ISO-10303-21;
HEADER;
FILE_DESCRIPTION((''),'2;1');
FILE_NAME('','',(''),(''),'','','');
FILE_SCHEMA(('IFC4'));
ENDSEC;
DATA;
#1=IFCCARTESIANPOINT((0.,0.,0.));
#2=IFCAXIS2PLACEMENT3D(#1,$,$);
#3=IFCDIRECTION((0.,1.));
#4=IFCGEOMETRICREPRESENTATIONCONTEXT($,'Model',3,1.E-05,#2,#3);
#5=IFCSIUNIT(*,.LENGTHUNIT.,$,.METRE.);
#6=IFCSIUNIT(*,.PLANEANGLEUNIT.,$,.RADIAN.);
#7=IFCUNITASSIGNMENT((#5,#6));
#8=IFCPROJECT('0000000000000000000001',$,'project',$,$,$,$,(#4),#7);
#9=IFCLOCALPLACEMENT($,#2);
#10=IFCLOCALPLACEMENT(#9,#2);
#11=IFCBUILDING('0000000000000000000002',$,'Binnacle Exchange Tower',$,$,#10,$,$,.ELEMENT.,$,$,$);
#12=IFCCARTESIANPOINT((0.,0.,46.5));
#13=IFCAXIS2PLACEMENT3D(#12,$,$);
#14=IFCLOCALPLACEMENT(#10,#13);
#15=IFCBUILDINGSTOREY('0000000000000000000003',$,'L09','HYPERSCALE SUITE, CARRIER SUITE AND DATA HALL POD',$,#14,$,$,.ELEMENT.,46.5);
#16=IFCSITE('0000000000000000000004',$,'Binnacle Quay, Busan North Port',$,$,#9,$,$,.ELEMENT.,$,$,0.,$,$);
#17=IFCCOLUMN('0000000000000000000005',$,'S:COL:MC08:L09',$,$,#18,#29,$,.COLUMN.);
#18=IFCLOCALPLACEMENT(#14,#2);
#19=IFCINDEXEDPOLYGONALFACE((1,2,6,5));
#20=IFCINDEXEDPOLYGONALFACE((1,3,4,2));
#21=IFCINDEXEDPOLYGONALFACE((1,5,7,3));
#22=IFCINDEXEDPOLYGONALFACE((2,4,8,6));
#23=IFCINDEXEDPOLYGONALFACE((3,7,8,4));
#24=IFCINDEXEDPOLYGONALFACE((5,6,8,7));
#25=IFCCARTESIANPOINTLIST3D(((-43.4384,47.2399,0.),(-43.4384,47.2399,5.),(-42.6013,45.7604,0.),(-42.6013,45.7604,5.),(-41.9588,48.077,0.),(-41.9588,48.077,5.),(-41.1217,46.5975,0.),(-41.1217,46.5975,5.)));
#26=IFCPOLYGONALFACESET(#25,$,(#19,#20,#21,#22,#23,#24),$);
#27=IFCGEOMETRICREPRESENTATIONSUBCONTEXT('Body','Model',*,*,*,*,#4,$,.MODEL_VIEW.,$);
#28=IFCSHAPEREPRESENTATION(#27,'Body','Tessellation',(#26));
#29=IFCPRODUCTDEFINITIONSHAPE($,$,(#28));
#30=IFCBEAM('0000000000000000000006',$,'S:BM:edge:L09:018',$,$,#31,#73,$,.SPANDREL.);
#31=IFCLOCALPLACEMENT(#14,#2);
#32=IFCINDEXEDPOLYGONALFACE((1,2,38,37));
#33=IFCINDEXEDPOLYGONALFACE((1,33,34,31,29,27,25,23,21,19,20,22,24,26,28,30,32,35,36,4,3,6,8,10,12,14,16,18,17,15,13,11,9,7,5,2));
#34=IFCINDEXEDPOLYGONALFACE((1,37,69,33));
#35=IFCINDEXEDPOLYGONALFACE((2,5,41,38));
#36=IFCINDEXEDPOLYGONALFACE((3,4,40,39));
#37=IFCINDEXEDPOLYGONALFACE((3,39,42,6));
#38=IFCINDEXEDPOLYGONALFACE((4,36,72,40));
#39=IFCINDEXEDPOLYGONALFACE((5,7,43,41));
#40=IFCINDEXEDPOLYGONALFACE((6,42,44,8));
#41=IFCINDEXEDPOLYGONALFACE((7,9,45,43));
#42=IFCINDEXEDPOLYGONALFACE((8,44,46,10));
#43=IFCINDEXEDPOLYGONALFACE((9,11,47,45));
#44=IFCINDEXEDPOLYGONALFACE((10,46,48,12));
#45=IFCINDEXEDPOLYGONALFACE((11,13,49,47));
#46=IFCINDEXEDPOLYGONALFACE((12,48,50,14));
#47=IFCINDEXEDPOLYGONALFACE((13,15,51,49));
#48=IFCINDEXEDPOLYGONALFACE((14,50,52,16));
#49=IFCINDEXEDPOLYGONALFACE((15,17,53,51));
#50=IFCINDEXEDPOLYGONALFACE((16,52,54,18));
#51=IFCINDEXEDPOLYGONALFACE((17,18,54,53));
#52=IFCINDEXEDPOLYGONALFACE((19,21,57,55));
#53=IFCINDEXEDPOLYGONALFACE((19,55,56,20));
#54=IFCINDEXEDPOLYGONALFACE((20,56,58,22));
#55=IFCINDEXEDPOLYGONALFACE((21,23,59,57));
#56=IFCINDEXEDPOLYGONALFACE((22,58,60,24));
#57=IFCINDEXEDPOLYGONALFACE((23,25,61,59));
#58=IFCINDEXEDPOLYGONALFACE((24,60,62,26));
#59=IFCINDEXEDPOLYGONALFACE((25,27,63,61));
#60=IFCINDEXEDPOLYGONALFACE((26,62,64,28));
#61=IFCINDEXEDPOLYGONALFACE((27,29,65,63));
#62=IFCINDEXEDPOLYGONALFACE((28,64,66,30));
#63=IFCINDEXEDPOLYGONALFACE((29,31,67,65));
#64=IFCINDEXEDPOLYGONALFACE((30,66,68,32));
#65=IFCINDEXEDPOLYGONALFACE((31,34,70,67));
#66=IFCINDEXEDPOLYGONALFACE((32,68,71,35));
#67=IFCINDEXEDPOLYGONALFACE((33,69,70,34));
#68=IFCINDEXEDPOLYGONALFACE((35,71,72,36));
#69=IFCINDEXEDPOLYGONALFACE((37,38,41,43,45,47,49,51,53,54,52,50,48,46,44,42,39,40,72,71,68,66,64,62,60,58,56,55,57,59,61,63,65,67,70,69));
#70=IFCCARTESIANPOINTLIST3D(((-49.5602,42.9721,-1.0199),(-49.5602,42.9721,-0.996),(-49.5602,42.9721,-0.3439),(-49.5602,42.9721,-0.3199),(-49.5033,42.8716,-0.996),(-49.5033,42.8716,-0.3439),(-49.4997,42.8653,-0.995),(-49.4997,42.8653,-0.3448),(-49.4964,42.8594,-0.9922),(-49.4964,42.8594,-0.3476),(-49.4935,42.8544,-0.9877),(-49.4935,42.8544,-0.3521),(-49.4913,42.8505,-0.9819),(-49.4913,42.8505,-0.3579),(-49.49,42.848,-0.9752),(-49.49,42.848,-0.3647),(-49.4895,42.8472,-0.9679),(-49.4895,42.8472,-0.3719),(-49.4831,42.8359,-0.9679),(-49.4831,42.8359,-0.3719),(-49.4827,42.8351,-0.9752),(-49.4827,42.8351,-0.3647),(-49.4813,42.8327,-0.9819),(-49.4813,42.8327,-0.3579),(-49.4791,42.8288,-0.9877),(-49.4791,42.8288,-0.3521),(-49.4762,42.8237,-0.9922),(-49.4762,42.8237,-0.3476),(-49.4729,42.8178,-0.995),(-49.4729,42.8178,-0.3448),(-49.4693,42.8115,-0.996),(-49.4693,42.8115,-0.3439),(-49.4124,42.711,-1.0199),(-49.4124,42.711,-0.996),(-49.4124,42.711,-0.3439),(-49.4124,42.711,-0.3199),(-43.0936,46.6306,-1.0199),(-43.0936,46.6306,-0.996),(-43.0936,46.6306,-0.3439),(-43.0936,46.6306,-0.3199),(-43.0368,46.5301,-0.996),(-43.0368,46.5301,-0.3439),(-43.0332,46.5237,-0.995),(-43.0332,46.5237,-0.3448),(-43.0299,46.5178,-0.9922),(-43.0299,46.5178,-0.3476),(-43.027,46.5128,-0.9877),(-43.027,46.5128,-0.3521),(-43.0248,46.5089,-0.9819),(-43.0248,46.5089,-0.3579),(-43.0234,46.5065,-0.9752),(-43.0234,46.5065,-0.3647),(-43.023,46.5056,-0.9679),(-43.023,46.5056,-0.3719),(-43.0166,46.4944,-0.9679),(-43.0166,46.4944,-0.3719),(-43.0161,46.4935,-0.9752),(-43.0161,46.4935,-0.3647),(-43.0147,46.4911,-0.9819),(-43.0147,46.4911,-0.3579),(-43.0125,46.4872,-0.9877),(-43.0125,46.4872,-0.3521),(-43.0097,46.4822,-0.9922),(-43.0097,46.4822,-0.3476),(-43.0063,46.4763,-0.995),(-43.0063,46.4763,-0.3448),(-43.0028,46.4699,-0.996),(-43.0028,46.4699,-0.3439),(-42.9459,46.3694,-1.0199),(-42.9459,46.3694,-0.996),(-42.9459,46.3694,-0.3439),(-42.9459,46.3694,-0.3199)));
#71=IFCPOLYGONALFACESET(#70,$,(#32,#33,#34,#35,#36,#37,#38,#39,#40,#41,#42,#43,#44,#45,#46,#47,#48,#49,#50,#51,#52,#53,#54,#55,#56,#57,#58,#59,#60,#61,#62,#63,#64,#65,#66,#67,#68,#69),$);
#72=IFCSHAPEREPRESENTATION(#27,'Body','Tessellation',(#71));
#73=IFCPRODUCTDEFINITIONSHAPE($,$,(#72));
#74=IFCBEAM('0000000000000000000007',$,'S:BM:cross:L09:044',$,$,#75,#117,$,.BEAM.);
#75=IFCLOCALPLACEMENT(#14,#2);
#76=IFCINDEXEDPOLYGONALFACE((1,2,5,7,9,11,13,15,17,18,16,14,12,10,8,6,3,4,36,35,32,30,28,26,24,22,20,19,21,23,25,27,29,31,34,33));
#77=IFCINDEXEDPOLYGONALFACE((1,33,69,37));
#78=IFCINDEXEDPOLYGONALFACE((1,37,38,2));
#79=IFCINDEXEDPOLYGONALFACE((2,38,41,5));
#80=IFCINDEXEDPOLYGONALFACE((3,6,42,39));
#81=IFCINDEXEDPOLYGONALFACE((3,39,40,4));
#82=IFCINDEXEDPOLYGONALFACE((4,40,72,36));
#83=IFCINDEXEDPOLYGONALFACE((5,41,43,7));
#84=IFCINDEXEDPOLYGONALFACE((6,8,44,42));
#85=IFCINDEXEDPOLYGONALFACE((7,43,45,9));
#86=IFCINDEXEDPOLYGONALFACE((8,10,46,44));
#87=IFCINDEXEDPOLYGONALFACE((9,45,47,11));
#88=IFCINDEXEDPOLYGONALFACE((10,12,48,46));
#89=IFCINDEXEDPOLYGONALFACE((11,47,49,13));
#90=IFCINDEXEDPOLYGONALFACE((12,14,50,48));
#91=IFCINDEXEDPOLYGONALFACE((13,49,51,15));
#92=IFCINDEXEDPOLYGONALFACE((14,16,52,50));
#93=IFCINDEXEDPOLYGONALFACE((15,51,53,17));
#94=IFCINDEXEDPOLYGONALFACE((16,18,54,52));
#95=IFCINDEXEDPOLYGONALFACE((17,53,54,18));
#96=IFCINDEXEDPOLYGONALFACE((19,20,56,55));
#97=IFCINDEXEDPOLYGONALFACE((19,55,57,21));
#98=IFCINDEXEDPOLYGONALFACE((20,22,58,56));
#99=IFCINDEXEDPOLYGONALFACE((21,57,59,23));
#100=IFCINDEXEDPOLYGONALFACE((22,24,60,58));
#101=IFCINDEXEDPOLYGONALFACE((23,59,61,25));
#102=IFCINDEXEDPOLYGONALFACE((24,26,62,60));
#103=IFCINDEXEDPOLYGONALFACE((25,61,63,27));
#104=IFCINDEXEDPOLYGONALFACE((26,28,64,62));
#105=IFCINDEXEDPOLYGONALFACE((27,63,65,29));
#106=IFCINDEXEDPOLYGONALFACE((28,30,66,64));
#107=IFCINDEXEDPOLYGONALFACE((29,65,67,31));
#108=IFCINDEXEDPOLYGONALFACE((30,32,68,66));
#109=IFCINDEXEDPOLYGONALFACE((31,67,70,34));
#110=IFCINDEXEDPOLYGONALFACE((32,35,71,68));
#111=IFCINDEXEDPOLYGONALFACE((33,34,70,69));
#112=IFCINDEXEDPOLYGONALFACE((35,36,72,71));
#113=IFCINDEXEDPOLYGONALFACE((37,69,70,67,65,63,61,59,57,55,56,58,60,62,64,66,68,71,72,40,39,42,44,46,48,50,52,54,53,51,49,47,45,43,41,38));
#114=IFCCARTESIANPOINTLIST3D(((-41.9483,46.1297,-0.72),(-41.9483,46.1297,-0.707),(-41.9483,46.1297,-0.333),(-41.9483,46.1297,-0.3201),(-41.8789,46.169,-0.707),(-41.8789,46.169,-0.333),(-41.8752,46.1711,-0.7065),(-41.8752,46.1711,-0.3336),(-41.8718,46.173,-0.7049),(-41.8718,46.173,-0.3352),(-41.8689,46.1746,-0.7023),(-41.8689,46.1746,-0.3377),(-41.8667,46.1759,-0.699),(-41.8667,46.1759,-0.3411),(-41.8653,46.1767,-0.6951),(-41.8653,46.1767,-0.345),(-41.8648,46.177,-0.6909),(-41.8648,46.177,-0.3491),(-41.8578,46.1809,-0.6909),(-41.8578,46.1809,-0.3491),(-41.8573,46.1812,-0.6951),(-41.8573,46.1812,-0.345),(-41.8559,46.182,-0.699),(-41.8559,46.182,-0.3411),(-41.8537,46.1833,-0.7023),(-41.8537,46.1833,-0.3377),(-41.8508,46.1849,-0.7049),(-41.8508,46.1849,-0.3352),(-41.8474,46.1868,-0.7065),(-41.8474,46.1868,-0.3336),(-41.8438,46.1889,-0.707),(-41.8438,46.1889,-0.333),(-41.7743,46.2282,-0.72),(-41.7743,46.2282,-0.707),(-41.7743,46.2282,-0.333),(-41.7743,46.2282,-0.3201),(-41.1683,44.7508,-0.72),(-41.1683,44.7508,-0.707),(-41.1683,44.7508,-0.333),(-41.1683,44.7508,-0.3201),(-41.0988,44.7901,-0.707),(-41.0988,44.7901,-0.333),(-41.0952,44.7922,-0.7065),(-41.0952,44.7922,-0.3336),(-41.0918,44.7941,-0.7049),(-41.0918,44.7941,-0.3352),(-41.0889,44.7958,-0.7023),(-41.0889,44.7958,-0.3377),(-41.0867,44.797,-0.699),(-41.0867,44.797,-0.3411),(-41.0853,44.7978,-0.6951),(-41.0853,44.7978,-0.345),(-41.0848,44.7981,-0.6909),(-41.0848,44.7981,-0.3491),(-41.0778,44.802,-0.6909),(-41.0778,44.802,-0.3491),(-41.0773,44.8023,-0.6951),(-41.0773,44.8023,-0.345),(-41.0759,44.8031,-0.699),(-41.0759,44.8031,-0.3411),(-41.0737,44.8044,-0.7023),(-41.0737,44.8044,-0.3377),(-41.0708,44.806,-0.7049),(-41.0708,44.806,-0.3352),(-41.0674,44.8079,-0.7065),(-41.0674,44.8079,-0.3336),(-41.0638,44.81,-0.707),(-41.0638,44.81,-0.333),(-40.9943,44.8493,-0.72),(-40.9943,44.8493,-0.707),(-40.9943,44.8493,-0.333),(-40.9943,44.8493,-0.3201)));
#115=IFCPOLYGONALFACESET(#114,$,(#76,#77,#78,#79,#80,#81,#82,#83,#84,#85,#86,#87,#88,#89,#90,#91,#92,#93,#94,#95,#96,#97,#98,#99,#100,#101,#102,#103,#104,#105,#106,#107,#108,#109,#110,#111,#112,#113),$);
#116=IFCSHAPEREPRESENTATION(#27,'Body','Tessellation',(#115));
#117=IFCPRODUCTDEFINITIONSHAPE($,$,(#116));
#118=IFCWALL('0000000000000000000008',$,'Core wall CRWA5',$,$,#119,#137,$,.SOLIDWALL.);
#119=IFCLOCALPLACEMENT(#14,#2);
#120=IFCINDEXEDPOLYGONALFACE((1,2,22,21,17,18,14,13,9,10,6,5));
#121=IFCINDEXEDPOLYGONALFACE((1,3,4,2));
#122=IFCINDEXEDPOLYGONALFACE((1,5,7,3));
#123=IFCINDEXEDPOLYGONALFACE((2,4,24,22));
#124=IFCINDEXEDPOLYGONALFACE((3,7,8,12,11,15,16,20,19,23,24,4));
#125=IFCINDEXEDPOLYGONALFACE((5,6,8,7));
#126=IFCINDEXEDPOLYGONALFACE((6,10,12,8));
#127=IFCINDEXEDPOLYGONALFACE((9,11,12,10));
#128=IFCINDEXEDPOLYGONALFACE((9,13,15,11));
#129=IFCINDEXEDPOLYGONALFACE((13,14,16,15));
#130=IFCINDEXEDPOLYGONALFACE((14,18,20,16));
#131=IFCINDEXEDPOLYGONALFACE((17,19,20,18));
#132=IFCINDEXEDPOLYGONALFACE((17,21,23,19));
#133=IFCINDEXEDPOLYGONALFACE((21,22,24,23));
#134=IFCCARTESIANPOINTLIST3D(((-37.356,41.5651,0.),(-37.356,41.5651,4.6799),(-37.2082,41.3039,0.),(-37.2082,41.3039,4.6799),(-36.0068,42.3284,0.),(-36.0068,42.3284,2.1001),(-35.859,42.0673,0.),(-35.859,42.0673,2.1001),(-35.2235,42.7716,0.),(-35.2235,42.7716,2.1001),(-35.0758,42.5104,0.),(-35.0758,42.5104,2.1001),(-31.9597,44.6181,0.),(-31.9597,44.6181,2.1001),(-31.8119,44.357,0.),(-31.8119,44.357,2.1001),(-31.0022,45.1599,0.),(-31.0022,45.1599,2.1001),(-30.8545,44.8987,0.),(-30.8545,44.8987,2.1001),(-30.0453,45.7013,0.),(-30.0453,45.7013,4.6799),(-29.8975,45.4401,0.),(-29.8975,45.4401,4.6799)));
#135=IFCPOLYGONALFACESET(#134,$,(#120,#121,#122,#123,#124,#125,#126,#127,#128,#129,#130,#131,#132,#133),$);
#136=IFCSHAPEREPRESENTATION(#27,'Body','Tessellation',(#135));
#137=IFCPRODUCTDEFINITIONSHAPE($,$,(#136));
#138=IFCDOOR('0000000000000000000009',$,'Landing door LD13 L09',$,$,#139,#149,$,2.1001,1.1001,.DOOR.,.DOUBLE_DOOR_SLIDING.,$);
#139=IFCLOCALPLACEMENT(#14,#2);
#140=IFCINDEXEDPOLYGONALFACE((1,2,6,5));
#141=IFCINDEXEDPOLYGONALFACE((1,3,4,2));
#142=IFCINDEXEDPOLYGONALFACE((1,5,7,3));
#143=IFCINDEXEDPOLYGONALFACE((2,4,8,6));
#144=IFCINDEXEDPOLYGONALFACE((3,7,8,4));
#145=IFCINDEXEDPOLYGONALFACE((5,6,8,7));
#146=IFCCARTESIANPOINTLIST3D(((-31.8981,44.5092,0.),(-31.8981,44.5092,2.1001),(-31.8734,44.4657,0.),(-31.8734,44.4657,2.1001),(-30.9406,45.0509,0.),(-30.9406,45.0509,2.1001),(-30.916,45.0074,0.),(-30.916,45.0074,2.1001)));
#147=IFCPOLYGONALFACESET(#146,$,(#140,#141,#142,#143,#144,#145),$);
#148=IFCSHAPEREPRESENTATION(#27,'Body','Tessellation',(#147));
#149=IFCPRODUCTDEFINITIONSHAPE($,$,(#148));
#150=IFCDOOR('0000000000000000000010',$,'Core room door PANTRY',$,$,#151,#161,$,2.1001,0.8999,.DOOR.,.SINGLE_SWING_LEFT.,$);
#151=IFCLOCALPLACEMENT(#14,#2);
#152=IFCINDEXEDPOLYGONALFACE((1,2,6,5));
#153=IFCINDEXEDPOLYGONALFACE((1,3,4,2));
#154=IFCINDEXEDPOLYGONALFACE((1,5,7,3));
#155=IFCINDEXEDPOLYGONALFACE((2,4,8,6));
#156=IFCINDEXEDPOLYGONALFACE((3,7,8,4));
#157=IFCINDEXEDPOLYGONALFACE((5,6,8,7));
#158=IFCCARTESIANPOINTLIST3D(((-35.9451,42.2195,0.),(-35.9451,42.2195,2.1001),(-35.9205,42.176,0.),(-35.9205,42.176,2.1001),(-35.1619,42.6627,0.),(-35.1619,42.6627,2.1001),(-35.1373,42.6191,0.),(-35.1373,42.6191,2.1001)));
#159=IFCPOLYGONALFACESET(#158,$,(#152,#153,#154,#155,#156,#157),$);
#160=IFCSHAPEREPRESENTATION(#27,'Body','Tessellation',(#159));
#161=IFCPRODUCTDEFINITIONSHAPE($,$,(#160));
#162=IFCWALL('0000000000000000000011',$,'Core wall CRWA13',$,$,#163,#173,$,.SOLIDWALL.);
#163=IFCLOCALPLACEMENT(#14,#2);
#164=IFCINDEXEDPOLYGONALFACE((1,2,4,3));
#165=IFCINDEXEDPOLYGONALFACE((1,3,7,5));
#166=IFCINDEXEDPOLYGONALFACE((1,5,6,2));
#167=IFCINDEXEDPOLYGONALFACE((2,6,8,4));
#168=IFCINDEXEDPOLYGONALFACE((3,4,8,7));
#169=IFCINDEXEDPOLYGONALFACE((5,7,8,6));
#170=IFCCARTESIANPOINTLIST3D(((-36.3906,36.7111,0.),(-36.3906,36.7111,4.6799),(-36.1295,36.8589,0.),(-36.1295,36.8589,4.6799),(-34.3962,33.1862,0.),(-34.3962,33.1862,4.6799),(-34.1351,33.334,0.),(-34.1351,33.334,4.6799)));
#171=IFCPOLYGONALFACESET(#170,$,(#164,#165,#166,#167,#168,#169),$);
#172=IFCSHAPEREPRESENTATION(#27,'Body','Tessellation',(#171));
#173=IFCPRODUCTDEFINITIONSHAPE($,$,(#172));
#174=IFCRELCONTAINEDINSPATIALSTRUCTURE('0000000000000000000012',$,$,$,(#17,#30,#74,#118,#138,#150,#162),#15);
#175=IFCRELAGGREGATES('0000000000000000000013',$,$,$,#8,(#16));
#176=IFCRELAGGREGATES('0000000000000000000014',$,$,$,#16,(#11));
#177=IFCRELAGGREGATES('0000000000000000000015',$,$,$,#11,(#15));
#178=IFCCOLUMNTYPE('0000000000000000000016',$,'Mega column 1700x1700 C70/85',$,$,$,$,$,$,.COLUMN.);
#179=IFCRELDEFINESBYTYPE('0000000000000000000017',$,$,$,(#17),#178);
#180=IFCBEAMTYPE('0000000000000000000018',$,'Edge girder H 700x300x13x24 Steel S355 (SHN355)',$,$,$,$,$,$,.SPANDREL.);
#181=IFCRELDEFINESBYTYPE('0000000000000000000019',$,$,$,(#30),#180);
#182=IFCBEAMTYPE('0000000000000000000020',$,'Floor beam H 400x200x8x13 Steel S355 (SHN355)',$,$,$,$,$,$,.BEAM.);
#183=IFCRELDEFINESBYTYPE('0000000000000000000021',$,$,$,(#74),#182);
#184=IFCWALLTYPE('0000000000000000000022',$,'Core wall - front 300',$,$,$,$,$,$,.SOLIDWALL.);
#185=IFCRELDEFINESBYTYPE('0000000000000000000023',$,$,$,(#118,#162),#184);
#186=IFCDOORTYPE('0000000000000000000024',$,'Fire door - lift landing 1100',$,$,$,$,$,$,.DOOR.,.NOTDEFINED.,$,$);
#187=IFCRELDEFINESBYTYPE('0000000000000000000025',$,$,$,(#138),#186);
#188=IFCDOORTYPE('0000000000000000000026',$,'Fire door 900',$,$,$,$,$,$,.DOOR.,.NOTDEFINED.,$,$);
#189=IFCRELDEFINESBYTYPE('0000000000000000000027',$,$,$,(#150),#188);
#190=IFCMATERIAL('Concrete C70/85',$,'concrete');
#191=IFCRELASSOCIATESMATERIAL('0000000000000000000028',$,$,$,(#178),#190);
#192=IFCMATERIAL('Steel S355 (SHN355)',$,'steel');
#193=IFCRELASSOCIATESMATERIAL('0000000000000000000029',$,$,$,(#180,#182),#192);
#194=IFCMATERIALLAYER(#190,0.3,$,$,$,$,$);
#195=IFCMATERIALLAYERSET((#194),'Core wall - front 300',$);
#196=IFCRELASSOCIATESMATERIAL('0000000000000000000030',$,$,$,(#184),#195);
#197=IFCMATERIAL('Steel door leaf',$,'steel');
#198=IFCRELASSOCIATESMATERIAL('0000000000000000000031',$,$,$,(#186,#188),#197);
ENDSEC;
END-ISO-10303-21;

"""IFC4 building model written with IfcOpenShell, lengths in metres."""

from ifc_helpers import new_model, si_unit, direction, frame, frame_2d, origin, origin_2d, place, context, subcontext, project, spatial, rectangle, i_section, extrude, material, layer, layer_set, material_profile, profile_set, type_object, element, fill, save


model = new_model("IFC4")

# Units and contexts
model_context = context("Model", 3, precision=1e-05, world=origin(), true_north=direction((0.0, 1.0)))
body_context = subcontext(model_context, "Body", "Model", "MODEL_VIEW")
ifc_project = project(units=[si_unit("LENGTHUNIT", "METRE"), si_unit("PLANEANGLEUNIT", "RADIAN")], contexts=[model_context])

# Site, building, storey
site_placement = place(None, origin())
site = spatial("IfcSite", under=ifc_project, at=site_placement, Name="Binnacle Quay, Busan North Port", CompositionType="ELEMENT", RefElevation=0.0)
building_placement = place(site_placement, origin())
building = spatial("IfcBuilding", under=site, at=building_placement, Name="Binnacle Exchange Tower", CompositionType="ELEMENT")
storey_placement = place(building_placement, frame((0.0, 0.0, 46.5)))
storey = spatial("IfcBuildingStorey", under=building, at=storey_placement, Name="L09", Description="HYPERSCALE SUITE, CARRIER SUITE AND DATA HALL POD", CompositionType="ELEMENT", Elevation=46.5)

# Column
ifc_material_1 = material(Name="Concrete C70/85", Category="concrete")
ifc_material_profile_1 = material_profile(ifc_material_1, rectangle(XDim=1.7, YDim=1.7, at=origin_2d()), Name="Mega column 1700x1700 C70/85")
ifc_profile_set_1 = profile_set([ifc_material_profile_1], Name="Concrete C70/85")
column_type = type_object("IfcColumnType", Name="Mega column 1700x1700 C70/85", PredefinedType="COLUMN", material=ifc_profile_set_1)
column_placement = place(storey_placement, frame((-42.28, 46.9187, 0.0), z_axis=(0.0, 0.0, 1.0), x_axis=(-0.870356, -0.492424, 0.0)))
element("IfcColumn", 1, at=column_placement, inside=storey, type_object=column_type, Name="S:COL:MC08:L09", PredefinedType="COLUMN", context=body_context, shape_type="SweptSolid", body=[
    extrude(rectangle(XDim=1.7, YDim=1.7, at=origin_2d()), origin(), (0.0, 0.0, 1.0), 5.0),
])

# Beams
ifc_material_2 = material(Name="Steel S355 (SHN355)", Category="steel")
ifc_material_profile_2 = material_profile(ifc_material_2, i_section(OverallWidth=0.3, OverallDepth=0.7, WebThickness=0.0129, FlangeThickness=0.0239, FilletRadius=0.0281, at=origin_2d()), Name="H 700x300x13x24")
ifc_profile_set_2 = profile_set([ifc_material_profile_2], Name="Steel S355 (SHN355)")
beam_type_1 = type_object("IfcBeamType", Name="Edge girder H 700x300x13x24 Steel S355 (SHN355)", PredefinedType="SPANDREL", material=ifc_profile_set_2)
beam_1_placement = place(storey_placement, frame((-43.0198, 46.5, -0.6699), z_axis=(-0.870364, -0.492408, 0.0), x_axis=(0.492408, -0.870364, 0.0)))
element("IfcBeam", 2, at=beam_1_placement, inside=storey, type_object=beam_type_1, Name="S:BM:edge:L09:018", PredefinedType="SPANDREL", context=body_context, shape_type="SweptSolid", body=[
    extrude(i_section(OverallWidth=0.3, OverallDepth=0.7, WebThickness=0.0129, FlangeThickness=0.0239, FilletRadius=0.0281, at=origin_2d()), origin(), (0.0, 0.0, 1.0), 7.4297),
])
ifc_material_profile_3 = material_profile(ifc_material_2, i_section(OverallWidth=0.2, OverallDepth=0.3999, WebThickness=0.0081, FlangeThickness=0.0129, FilletRadius=0.0161, at=origin_2d()), Name="H 400x200x8x13")
ifc_profile_set_3 = profile_set([ifc_material_profile_3], Name="Steel S355 (SHN355)")
beam_type_2 = type_object("IfcBeamType", Name="Floor beam H 400x200x8x13 Steel S355 (SHN355)", PredefinedType="BEAM", material=ifc_profile_set_3)
beam_2_placement = place(storey_placement, frame((-41.8613, 46.179, -0.52), z_axis=(0.492367, -0.870388, 0.0), x_axis=(0.870388, 0.492367, 0.0)))
element("IfcBeam", 3, at=beam_2_placement, inside=storey, type_object=beam_type_2, Name="S:BM:cross:L09:044", PredefinedType="BEAM", context=body_context, shape_type="SweptSolid", body=[
    extrude(i_section(OverallWidth=0.2, OverallDepth=0.3999, WebThickness=0.0081, FlangeThickness=0.0129, FilletRadius=0.0161, at=origin_2d()), origin(), (0.0, 0.0, 1.0), 1.5842),
])

# Wall, openings, doors
ifc_layer_1 = layer(ifc_material_1, 0.3)
ifc_layer_set_1 = layer_set([ifc_layer_1], Name="Core wall - front 300")
wall_type_1 = type_object("IfcWallType", Name="Core wall - front 300", PredefinedType="SOLIDWALL", material=ifc_layer_set_1)
wall_1_placement = place(storey_placement, frame((-37.282, 41.4346, 0.0), z_axis=(0.0, 0.0, 1.0), x_axis=(0.870357, 0.492422, 0.0)))
wall_1 = element("IfcWall", 4, at=wall_1_placement, inside=storey, type_object=wall_type_1, Name="Core wall CRWA5", PredefinedType="SOLIDWALL", context=body_context, shape_type="SweptSolid", body=[
    extrude(rectangle(XDim=8.3997, YDim=0.3, at=frame_2d((4.1997, 0.0))), origin(), (0.0, 0.0, 1.0), 4.6799),
])
opening_1_placement = place(wall_1_placement, frame((6.2, 0.0, 0.0)))
opening_1 = element("IfcOpeningElement", 5, at=opening_1_placement, cuts=wall_1, PredefinedType="OPENING", context=body_context, shape_type="SweptSolid", body=[
    extrude(rectangle(XDim=1.1001, YDim=2.1001, at=frame_2d((0.55, 1.05))), frame((0.0, 0.1599, 0.0), z_axis=(0.0, -1.0, 0.0), x_axis=(1.0, 0.0, 0.0)), (0.0, 0.0, 1.0), 0.3201),
])
opening_2_placement = place(wall_1_placement, frame((1.55, 0.0, 0.0)))
opening_2 = element("IfcOpeningElement", 6, at=opening_2_placement, cuts=wall_1, PredefinedType="OPENING", context=body_context, shape_type="SweptSolid", body=[
    extrude(rectangle(XDim=0.8999, YDim=2.1001, at=frame_2d((0.45, 1.05))), frame((0.0, 0.1599, 0.0), z_axis=(0.0, -1.0, 0.0), x_axis=(1.0, 0.0, 0.0)), (0.0, 0.0, 1.0), 0.3201),
])
ifc_material_3 = material(Name="Steel door leaf", Category="steel")
door_type_1 = type_object("IfcDoorType", Name="Fire door - lift landing 1100", OperationType="NOTDEFINED", PredefinedType="DOOR", material=ifc_material_3)
door_1_placement = place(opening_1_placement, origin())
door_1 = element("IfcDoor", 7, at=door_1_placement, inside=storey, type_object=door_type_1, Name="Landing door LD13 L09", OperationType="DOUBLE_DOOR_SLIDING", OverallHeight=2.1001, OverallWidth=1.1001, PredefinedType="DOOR", context=body_context, shape_type="SweptSolid", body=[
    extrude(rectangle(XDim=1.1001, YDim=2.1001, at=frame_2d((0.55, 1.05))), frame((0.0, 0.0249, 0.0), z_axis=(0.0, -1.0, 0.0), x_axis=(1.0, 0.0, 0.0)), (0.0, 0.0, 1.0), 0.05),
])
fill(opening_1, door_1)
door_type_2 = type_object("IfcDoorType", Name="Fire door 900", OperationType="NOTDEFINED", PredefinedType="DOOR", material=ifc_material_3)
door_2_placement = place(opening_2_placement, origin())
door_2 = element("IfcDoor", 8, at=door_2_placement, inside=storey, type_object=door_type_2, Name="Core room door PANTRY", OperationType="SINGLE_SWING_LEFT", OverallHeight=2.1001, OverallWidth=0.8999, PredefinedType="DOOR", context=body_context, shape_type="SweptSolid", body=[
    extrude(rectangle(XDim=0.8999, YDim=2.1001, at=frame_2d((0.45, 1.05))), frame((0.0, 0.0249, 0.0), z_axis=(0.0, -1.0, 0.0), x_axis=(1.0, 0.0, 0.0)), (0.0, 0.0, 1.0), 0.05),
])
fill(opening_2, door_2)

# Wall
wall_2_placement = place(storey_placement, frame((-36.26, 36.7849, 0.0), z_axis=(0.0, 0.0, 1.0), x_axis=(0.492441, -0.870346, 0.0)))
element("IfcWall", 9, at=wall_2_placement, inside=storey, type_object=wall_type_1, Name="Core wall CRWA13", PredefinedType="SOLIDWALL", context=body_context, shape_type="SweptSolid", body=[
    extrude(rectangle(XDim=4.05, YDim=0.3, at=frame_2d((2.0249, 0.0))), origin(), (0.0, 0.0, 1.0), 4.6799),
])

save(model, "model.ifc")
